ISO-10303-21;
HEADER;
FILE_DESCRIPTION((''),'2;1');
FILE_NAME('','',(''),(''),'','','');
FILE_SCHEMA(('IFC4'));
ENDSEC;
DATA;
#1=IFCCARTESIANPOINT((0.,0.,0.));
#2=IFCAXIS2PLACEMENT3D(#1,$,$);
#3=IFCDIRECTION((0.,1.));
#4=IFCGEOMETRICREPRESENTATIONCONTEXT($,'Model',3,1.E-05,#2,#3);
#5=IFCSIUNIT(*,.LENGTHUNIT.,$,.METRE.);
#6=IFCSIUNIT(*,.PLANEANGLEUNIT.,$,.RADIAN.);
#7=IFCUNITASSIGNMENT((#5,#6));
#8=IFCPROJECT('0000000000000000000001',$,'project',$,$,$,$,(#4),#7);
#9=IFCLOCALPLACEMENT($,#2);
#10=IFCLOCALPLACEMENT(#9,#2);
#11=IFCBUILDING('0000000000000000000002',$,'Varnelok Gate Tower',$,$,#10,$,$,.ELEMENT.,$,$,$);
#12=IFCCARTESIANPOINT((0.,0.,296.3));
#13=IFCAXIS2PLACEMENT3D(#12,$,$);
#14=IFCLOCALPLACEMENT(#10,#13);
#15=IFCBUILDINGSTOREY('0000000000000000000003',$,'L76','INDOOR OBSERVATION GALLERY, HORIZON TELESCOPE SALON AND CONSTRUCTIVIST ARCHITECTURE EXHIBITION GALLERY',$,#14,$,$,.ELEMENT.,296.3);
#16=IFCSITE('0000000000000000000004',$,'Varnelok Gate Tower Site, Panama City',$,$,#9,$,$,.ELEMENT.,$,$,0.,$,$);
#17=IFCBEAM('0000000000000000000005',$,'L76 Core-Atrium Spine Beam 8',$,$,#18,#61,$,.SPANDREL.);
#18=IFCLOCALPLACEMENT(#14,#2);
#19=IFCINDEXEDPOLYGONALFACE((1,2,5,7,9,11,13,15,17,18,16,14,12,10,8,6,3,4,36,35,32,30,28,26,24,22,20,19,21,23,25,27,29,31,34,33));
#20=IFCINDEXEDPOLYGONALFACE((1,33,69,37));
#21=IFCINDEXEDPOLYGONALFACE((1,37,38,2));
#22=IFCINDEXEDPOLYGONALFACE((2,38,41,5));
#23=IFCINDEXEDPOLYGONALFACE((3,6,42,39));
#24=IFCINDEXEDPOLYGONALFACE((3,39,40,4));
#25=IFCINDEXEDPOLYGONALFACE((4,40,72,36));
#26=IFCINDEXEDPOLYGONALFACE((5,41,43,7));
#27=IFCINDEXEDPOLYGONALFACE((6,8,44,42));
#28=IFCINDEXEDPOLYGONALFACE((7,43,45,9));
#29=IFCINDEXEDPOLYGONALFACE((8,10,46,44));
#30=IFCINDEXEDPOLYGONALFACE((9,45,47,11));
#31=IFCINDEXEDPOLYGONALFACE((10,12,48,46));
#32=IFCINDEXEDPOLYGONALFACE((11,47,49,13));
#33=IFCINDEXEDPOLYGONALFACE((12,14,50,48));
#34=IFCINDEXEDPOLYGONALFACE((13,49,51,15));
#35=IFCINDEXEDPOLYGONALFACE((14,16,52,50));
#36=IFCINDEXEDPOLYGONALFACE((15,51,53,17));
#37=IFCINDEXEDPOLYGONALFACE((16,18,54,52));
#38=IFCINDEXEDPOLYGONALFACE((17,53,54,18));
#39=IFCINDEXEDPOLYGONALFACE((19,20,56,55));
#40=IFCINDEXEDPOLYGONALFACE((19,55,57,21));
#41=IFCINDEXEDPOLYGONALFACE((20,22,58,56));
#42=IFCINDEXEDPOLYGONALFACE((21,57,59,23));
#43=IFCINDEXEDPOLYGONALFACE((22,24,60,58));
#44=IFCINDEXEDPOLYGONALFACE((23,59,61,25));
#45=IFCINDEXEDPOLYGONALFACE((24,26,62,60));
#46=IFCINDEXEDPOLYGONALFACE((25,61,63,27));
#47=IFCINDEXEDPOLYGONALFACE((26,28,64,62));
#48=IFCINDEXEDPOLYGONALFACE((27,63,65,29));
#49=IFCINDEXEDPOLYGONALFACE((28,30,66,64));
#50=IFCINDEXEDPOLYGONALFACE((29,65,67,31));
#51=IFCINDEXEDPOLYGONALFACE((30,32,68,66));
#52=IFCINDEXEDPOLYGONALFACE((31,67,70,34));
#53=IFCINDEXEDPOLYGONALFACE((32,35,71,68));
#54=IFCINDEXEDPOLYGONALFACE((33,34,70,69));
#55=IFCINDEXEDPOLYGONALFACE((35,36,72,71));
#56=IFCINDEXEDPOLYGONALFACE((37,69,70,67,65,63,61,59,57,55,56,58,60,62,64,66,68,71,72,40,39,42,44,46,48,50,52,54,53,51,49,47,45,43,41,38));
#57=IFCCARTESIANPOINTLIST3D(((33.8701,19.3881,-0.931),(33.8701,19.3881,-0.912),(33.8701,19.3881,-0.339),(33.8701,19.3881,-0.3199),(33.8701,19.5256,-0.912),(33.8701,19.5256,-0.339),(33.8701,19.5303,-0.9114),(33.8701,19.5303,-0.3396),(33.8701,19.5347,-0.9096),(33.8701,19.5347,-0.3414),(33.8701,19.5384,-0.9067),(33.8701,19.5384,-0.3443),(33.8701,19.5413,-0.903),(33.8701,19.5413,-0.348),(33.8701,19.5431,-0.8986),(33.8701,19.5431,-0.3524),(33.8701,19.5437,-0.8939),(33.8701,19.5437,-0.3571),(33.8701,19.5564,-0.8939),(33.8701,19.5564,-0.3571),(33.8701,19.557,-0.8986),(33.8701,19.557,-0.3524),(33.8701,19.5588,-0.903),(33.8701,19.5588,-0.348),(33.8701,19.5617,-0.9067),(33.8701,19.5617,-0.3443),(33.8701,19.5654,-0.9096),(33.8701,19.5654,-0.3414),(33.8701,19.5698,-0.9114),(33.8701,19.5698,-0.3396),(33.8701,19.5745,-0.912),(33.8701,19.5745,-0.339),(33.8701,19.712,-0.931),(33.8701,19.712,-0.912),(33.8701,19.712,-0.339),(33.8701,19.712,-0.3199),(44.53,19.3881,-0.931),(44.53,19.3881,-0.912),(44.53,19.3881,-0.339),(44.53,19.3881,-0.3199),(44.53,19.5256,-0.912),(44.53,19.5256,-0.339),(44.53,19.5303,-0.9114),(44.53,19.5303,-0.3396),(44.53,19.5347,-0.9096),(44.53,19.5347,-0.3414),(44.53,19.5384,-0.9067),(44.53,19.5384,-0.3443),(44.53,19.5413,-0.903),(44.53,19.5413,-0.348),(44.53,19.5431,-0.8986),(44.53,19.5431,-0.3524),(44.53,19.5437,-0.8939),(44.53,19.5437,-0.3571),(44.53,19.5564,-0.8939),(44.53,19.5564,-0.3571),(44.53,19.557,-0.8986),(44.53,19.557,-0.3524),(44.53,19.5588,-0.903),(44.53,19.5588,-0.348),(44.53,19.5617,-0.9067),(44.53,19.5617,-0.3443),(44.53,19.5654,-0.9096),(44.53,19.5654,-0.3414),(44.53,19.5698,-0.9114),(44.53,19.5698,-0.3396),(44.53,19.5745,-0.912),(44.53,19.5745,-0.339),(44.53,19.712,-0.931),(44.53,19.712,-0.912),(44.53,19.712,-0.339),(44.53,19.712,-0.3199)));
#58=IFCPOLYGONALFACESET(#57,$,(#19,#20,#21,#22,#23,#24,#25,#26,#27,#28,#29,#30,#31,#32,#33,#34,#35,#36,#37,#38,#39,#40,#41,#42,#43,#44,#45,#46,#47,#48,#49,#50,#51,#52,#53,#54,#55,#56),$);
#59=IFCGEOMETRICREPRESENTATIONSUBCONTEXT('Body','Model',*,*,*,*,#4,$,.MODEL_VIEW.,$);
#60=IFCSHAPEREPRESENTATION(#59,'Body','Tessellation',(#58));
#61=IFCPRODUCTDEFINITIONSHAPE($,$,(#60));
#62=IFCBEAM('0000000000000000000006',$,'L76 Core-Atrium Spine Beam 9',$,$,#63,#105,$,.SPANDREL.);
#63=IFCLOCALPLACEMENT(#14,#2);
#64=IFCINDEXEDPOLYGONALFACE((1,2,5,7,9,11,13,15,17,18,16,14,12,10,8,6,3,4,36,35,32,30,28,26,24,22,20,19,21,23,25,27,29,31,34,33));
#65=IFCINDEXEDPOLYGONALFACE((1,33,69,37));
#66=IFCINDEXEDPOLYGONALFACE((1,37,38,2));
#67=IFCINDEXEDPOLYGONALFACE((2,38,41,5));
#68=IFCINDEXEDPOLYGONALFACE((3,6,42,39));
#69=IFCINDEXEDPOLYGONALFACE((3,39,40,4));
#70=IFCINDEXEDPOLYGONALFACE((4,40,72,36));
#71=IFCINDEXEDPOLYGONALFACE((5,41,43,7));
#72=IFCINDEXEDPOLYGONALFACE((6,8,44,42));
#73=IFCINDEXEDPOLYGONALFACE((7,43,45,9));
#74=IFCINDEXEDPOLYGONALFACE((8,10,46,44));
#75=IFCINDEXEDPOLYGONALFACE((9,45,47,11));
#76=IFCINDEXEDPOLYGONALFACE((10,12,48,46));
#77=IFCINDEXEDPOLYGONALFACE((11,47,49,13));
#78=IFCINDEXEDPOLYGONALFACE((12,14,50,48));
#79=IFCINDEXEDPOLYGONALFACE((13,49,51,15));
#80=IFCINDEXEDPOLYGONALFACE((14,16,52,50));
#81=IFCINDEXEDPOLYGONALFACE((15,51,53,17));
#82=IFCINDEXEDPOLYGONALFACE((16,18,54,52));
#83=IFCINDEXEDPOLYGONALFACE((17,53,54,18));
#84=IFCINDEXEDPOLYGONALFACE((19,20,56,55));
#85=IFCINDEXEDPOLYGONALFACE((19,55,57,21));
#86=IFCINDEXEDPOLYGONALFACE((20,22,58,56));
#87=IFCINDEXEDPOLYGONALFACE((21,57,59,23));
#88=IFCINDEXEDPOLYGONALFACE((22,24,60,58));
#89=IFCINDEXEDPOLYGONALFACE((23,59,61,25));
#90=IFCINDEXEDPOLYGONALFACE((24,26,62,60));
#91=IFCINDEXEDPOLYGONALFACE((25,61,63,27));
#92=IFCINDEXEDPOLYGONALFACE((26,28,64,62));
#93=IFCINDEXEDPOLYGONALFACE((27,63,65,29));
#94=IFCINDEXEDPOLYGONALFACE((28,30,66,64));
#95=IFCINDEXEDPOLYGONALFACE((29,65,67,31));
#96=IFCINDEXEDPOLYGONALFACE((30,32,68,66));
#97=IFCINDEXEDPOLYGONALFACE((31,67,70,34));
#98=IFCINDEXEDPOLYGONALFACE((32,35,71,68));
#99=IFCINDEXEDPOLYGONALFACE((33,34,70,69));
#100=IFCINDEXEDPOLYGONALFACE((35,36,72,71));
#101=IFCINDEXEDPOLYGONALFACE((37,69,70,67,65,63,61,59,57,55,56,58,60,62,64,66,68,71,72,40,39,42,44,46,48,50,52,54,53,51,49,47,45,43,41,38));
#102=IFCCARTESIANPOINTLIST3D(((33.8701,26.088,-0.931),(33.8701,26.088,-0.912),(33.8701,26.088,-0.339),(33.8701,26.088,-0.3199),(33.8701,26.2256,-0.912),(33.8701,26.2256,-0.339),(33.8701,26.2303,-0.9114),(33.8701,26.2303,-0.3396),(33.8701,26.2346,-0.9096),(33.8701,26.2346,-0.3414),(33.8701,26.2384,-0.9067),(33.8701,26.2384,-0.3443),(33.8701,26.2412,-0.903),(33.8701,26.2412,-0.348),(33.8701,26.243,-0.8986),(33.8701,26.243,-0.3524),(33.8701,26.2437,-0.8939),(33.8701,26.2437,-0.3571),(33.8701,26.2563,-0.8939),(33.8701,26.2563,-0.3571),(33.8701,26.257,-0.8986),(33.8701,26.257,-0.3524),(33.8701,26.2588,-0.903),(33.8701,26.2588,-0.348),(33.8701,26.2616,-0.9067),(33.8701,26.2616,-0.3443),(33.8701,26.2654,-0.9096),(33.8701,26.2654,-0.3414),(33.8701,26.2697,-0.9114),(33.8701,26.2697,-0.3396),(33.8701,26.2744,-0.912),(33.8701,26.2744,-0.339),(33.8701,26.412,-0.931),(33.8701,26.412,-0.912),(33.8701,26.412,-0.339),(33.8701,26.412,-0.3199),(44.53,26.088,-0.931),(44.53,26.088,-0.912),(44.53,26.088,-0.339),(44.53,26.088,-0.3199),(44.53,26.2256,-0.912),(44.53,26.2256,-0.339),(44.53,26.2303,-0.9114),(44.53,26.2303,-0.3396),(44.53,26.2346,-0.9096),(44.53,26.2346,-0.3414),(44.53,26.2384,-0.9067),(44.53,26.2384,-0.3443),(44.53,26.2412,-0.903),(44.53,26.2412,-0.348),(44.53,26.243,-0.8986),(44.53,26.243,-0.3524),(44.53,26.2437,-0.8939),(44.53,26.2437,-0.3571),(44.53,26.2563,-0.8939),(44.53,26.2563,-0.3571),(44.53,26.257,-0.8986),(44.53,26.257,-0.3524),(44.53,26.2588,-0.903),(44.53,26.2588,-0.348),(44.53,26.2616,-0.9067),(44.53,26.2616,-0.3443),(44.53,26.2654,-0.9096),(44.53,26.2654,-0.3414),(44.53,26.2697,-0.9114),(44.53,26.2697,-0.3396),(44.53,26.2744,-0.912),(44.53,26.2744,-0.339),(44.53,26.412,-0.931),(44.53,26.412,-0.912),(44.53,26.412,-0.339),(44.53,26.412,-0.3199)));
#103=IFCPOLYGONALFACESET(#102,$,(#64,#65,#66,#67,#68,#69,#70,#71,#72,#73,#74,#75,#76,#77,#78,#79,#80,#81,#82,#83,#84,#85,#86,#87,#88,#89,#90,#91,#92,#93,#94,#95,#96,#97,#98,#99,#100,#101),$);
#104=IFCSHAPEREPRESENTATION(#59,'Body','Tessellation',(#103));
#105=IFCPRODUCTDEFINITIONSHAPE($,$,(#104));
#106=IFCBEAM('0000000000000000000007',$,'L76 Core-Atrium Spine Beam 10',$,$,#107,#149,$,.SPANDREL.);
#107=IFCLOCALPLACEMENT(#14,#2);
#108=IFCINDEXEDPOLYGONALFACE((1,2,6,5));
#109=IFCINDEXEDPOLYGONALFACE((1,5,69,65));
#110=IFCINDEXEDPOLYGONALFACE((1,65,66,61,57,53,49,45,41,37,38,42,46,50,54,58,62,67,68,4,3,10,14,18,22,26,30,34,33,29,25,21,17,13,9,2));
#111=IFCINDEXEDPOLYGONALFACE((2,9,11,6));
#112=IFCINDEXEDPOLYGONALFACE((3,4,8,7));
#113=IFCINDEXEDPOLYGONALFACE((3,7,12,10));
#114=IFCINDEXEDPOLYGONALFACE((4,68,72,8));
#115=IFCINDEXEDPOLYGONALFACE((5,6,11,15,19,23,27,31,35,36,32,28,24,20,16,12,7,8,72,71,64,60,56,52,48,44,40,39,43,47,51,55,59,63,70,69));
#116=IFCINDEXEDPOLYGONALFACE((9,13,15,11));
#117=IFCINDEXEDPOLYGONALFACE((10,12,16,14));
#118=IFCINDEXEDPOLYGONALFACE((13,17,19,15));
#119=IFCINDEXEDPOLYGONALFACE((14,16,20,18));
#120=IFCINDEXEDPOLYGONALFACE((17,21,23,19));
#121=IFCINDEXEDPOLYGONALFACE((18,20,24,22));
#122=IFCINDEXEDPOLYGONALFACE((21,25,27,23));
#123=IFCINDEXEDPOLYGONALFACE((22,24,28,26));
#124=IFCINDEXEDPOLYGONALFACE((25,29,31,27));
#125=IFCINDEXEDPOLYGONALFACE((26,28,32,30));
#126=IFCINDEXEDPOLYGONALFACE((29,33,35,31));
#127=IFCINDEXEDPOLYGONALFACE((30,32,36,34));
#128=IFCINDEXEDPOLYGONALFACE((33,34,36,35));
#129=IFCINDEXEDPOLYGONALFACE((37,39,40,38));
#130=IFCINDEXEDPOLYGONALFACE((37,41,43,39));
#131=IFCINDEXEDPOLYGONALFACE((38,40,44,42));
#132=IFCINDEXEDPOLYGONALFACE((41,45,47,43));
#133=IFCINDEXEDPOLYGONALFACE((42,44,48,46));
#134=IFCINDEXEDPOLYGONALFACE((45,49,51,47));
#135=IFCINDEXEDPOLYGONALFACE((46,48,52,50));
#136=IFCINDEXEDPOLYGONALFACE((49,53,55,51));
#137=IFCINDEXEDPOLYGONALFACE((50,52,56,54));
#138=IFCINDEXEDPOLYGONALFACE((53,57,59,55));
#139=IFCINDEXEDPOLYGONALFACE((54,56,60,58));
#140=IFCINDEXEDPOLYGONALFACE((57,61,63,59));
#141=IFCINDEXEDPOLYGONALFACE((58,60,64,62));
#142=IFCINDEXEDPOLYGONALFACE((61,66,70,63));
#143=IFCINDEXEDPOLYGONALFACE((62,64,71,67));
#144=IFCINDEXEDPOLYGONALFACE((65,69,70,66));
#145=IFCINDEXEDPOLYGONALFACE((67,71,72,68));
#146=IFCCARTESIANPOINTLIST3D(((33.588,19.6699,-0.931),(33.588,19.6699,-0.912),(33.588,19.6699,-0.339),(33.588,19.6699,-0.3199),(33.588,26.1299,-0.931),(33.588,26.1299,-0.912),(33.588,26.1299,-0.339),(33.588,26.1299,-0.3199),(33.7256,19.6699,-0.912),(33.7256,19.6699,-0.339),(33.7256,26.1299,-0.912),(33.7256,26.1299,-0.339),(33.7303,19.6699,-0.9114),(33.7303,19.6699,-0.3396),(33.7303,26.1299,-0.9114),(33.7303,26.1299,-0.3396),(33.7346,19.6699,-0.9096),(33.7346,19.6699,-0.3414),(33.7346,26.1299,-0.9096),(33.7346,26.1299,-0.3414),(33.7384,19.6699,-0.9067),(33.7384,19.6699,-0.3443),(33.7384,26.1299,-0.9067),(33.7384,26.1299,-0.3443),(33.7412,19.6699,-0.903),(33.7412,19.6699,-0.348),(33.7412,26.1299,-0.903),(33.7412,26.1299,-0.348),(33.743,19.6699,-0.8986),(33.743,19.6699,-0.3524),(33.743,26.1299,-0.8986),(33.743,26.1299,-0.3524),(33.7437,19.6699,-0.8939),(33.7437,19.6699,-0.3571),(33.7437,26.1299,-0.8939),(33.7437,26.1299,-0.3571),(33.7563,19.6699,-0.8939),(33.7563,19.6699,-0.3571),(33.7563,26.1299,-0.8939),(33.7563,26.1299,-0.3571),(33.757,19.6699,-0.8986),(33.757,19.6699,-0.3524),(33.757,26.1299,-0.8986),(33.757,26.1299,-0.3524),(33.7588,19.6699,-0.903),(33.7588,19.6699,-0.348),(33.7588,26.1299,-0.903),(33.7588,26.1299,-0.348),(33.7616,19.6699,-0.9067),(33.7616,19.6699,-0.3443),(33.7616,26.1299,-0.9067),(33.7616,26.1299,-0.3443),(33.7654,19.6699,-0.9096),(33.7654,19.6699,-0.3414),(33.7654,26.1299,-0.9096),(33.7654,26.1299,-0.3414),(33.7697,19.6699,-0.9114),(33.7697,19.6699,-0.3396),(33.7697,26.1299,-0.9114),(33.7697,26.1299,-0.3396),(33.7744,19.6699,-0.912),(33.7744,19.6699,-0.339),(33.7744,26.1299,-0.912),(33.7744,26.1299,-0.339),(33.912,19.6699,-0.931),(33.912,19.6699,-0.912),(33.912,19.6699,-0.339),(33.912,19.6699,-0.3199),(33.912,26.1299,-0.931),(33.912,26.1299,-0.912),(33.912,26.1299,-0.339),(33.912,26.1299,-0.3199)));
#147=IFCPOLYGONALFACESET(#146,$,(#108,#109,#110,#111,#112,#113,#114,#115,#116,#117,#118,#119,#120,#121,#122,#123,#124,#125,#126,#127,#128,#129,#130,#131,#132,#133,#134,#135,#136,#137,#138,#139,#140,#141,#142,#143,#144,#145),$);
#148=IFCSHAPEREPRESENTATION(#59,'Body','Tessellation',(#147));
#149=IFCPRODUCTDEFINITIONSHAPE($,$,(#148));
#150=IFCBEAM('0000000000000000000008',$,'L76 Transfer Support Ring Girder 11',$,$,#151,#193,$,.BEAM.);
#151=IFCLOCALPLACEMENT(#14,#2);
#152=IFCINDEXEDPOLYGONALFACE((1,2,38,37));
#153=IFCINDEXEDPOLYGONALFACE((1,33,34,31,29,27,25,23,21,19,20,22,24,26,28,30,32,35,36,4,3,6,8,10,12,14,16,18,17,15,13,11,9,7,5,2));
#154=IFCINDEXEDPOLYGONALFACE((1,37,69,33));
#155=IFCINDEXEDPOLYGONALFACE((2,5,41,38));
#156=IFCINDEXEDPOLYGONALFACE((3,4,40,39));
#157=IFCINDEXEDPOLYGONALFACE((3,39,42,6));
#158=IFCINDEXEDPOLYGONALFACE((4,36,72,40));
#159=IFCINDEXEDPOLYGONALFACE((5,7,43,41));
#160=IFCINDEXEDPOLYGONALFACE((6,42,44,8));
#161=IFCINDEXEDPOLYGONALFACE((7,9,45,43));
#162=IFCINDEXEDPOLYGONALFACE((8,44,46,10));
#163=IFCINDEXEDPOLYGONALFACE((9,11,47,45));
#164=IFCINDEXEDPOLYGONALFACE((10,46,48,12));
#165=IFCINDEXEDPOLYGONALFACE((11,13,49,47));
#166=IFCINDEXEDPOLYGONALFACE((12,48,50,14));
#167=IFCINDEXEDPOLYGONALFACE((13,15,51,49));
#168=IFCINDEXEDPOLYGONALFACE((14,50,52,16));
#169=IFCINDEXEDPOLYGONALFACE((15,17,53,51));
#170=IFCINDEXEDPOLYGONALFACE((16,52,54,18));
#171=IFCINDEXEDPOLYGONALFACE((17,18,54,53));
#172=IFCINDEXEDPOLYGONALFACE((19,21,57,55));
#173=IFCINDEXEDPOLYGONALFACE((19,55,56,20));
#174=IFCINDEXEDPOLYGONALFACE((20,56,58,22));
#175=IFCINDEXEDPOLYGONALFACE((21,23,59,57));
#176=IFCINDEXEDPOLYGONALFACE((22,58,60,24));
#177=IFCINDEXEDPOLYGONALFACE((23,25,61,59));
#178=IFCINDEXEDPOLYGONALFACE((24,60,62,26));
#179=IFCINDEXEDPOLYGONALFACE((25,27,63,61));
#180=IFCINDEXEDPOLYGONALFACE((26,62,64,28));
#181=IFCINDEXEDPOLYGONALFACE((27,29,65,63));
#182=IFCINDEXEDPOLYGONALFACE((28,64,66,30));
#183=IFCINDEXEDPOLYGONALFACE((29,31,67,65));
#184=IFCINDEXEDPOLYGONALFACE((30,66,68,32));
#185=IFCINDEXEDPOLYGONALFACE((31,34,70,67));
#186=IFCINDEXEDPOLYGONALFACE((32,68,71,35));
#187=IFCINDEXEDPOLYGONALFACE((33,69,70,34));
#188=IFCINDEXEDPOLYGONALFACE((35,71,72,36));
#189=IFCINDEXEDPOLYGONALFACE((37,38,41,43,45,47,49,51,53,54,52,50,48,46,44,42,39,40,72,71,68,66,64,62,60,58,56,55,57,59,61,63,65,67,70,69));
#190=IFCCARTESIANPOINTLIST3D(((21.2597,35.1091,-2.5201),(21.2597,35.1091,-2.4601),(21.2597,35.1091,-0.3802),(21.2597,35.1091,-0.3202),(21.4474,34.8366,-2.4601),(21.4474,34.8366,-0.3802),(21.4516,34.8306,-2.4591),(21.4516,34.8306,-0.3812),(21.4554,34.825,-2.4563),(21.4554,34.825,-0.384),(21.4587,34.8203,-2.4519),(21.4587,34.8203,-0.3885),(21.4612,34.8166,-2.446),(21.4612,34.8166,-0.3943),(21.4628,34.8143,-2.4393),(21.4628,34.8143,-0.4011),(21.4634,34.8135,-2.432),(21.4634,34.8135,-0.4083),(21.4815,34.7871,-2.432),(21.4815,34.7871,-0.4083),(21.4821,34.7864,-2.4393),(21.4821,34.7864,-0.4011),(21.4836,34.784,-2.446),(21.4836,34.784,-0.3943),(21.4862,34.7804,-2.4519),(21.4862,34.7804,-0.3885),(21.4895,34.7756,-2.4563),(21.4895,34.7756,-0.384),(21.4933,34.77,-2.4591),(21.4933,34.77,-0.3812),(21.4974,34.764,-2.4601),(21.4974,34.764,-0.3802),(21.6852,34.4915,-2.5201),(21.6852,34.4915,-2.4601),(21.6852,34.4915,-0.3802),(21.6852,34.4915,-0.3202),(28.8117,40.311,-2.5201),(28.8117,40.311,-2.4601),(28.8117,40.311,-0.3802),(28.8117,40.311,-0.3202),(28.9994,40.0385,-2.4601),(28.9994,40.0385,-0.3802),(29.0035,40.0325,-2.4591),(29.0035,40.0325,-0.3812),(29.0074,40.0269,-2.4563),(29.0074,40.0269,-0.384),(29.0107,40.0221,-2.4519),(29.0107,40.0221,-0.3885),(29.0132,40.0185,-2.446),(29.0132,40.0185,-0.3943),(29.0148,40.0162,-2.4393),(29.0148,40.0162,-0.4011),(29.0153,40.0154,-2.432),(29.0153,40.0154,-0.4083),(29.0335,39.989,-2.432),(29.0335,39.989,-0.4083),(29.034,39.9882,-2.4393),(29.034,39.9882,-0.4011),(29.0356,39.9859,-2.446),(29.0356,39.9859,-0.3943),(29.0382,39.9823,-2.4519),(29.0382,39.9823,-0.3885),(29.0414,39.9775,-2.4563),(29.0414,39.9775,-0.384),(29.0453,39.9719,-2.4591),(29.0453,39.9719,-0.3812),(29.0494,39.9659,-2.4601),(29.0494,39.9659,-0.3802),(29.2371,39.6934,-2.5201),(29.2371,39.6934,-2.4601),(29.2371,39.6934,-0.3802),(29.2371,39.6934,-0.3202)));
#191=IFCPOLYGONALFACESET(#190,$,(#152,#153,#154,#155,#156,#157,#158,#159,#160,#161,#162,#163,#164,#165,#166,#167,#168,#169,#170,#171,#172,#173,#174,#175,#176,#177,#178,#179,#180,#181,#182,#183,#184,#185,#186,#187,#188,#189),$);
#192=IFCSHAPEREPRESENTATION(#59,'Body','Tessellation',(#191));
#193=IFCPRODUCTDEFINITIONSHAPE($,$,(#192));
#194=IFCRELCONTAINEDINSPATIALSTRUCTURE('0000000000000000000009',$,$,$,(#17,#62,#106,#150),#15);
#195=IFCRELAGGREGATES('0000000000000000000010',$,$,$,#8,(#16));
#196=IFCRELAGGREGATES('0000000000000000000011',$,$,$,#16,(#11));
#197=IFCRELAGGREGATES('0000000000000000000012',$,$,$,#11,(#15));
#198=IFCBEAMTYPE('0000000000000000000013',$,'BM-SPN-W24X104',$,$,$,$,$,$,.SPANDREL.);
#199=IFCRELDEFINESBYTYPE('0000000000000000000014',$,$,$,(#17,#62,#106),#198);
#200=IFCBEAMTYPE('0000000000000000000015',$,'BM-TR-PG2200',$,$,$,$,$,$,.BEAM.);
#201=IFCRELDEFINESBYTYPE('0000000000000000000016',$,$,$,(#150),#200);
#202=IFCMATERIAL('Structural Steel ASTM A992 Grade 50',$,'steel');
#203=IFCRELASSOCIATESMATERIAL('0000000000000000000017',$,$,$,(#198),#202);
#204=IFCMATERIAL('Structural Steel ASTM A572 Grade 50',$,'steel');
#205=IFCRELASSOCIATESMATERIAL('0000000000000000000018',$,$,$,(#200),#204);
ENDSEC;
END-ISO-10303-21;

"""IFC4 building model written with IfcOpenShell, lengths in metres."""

from ifc_helpers import new_model, si_unit, direction, frame, origin, origin_2d, place, context, subcontext, project, spatial, i_section, extrude, material, material_profile, profile_set, type_object, element, save


model = new_model("IFC4")

# Units and contexts
model_context = context("Model", 3, precision=1e-05, world=origin(), true_north=direction((0.0, 1.0)))
body_context = subcontext(model_context, "Body", "Model", "MODEL_VIEW")
ifc_project = project(units=[si_unit("LENGTHUNIT", "METRE"), si_unit("PLANEANGLEUNIT", "RADIAN")], contexts=[model_context])

# Site, building, storey
site_placement = place(None, origin())
site = spatial("IfcSite", under=ifc_project, at=site_placement, Name="Varnelok Gate Tower Site, Panama City", CompositionType="ELEMENT", RefElevation=0.0)
building_placement = place(site_placement, origin())
building = spatial("IfcBuilding", under=site, at=building_placement, Name="Varnelok Gate Tower", CompositionType="ELEMENT")
storey_placement = place(building_placement, frame((0.0, 0.0, 296.3)))
storey = spatial("IfcBuildingStorey", under=building, at=storey_placement, Name="L76", Description="INDOOR OBSERVATION GALLERY, HORIZON TELESCOPE SALON AND CONSTRUCTIVIST ARCHITECTURE EXHIBITION GALLERY", CompositionType="ELEMENT", Elevation=296.3)

# Shared definitions
ifc_material_1 = material(Name="Structural Steel ASTM A992 Grade 50", Category="steel")

# Beams
ifc_material_profile_1 = material_profile(ifc_material_1, i_section(OverallWidth=0.324, OverallDepth=0.6111, WebThickness=0.0127, FlangeThickness=0.019, FilletRadius=0.0181, at=origin_2d()), Name="W24X104")
ifc_profile_set_1 = profile_set([ifc_material_profile_1], Name="Structural Steel ASTM A992 Grade 50")
beam_type_1 = type_object("IfcBeamType", Name="BM-SPN-W24X104", PredefinedType="SPANDREL", material=ifc_profile_set_1)
for number, where, z_axis, x_axis, name in (
    (1, (33.8701, 19.55, -0.6255), (1.0, 0.0, 0.0), (0.0, 1.0, 0.0), "L76 Core-Atrium Spine Beam 8"),
    (2, (33.8701, 26.25, -0.6255), (1.0, 0.0, 0.0), (0.0, 1.0, 0.0), "L76 Core-Atrium Spine Beam 9"),
):
    element("IfcBeam", number, at=place(storey_placement, frame(where, z_axis=z_axis, x_axis=x_axis)), inside=storey, type_object=beam_type_1, Name=name, PredefinedType="SPANDREL", context=body_context, shape_type="SweptSolid", body=[
        extrude(i_section(OverallWidth=0.324, OverallDepth=0.6111, WebThickness=0.0127, FlangeThickness=0.019, FilletRadius=0.0181, at=origin_2d()), origin(), (0.0, 0.0, 1.0), 10.6599),
    ])
beam_1_placement = place(storey_placement, frame((33.75, 19.6699, -0.6255), z_axis=(0.0, 1.0, 0.0), x_axis=(-1.0, 0.0, 0.0)))
element("IfcBeam", 3, at=beam_1_placement, inside=storey, type_object=beam_type_1, Name="L76 Core-Atrium Spine Beam 10", PredefinedType="SPANDREL", context=body_context, shape_type="SweptSolid", body=[
    extrude(i_section(OverallWidth=0.324, OverallDepth=0.6111, WebThickness=0.0127, FlangeThickness=0.019, FilletRadius=0.0181, at=origin_2d()), origin(), (0.0, 0.0, 1.0), 6.46),
])
ifc_material_2 = material(Name="Structural Steel ASTM A572 Grade 50", Category="steel")
ifc_material_profile_2 = material_profile(ifc_material_2, i_section(OverallWidth=0.75, OverallDepth=2.2, WebThickness=0.032, FlangeThickness=0.0601, FilletRadius=0.0281, at=origin_2d()), Name="PG2200X750")
ifc_profile_set_2 = profile_set([ifc_material_profile_2], Name="Structural Steel ASTM A572 Grade 50")
beam_type_2 = type_object("IfcBeamType", Name="BM-TR-PG2200", PredefinedType="BEAM", material=ifc_profile_set_2)
beam_2_placement = place(storey_placement, frame((29.0244, 40.0022, -1.4202), z_axis=(-0.823537, -0.567262, 0.0), x_axis=(0.567262, -0.823537, 0.0)))
element("IfcBeam", 4, at=beam_2_placement, inside=storey, type_object=beam_type_2, Name="L76 Transfer Support Ring Girder 11", PredefinedType="BEAM", context=body_context, shape_type="SweptSolid", body=[
    extrude(i_section(OverallWidth=0.75, OverallDepth=2.2, WebThickness=0.032, FlangeThickness=0.0601, FilletRadius=0.0281, at=origin_2d()), origin(), (0.0, 0.0, 1.0), 9.1702),
])

save(model, "model.ifc")
